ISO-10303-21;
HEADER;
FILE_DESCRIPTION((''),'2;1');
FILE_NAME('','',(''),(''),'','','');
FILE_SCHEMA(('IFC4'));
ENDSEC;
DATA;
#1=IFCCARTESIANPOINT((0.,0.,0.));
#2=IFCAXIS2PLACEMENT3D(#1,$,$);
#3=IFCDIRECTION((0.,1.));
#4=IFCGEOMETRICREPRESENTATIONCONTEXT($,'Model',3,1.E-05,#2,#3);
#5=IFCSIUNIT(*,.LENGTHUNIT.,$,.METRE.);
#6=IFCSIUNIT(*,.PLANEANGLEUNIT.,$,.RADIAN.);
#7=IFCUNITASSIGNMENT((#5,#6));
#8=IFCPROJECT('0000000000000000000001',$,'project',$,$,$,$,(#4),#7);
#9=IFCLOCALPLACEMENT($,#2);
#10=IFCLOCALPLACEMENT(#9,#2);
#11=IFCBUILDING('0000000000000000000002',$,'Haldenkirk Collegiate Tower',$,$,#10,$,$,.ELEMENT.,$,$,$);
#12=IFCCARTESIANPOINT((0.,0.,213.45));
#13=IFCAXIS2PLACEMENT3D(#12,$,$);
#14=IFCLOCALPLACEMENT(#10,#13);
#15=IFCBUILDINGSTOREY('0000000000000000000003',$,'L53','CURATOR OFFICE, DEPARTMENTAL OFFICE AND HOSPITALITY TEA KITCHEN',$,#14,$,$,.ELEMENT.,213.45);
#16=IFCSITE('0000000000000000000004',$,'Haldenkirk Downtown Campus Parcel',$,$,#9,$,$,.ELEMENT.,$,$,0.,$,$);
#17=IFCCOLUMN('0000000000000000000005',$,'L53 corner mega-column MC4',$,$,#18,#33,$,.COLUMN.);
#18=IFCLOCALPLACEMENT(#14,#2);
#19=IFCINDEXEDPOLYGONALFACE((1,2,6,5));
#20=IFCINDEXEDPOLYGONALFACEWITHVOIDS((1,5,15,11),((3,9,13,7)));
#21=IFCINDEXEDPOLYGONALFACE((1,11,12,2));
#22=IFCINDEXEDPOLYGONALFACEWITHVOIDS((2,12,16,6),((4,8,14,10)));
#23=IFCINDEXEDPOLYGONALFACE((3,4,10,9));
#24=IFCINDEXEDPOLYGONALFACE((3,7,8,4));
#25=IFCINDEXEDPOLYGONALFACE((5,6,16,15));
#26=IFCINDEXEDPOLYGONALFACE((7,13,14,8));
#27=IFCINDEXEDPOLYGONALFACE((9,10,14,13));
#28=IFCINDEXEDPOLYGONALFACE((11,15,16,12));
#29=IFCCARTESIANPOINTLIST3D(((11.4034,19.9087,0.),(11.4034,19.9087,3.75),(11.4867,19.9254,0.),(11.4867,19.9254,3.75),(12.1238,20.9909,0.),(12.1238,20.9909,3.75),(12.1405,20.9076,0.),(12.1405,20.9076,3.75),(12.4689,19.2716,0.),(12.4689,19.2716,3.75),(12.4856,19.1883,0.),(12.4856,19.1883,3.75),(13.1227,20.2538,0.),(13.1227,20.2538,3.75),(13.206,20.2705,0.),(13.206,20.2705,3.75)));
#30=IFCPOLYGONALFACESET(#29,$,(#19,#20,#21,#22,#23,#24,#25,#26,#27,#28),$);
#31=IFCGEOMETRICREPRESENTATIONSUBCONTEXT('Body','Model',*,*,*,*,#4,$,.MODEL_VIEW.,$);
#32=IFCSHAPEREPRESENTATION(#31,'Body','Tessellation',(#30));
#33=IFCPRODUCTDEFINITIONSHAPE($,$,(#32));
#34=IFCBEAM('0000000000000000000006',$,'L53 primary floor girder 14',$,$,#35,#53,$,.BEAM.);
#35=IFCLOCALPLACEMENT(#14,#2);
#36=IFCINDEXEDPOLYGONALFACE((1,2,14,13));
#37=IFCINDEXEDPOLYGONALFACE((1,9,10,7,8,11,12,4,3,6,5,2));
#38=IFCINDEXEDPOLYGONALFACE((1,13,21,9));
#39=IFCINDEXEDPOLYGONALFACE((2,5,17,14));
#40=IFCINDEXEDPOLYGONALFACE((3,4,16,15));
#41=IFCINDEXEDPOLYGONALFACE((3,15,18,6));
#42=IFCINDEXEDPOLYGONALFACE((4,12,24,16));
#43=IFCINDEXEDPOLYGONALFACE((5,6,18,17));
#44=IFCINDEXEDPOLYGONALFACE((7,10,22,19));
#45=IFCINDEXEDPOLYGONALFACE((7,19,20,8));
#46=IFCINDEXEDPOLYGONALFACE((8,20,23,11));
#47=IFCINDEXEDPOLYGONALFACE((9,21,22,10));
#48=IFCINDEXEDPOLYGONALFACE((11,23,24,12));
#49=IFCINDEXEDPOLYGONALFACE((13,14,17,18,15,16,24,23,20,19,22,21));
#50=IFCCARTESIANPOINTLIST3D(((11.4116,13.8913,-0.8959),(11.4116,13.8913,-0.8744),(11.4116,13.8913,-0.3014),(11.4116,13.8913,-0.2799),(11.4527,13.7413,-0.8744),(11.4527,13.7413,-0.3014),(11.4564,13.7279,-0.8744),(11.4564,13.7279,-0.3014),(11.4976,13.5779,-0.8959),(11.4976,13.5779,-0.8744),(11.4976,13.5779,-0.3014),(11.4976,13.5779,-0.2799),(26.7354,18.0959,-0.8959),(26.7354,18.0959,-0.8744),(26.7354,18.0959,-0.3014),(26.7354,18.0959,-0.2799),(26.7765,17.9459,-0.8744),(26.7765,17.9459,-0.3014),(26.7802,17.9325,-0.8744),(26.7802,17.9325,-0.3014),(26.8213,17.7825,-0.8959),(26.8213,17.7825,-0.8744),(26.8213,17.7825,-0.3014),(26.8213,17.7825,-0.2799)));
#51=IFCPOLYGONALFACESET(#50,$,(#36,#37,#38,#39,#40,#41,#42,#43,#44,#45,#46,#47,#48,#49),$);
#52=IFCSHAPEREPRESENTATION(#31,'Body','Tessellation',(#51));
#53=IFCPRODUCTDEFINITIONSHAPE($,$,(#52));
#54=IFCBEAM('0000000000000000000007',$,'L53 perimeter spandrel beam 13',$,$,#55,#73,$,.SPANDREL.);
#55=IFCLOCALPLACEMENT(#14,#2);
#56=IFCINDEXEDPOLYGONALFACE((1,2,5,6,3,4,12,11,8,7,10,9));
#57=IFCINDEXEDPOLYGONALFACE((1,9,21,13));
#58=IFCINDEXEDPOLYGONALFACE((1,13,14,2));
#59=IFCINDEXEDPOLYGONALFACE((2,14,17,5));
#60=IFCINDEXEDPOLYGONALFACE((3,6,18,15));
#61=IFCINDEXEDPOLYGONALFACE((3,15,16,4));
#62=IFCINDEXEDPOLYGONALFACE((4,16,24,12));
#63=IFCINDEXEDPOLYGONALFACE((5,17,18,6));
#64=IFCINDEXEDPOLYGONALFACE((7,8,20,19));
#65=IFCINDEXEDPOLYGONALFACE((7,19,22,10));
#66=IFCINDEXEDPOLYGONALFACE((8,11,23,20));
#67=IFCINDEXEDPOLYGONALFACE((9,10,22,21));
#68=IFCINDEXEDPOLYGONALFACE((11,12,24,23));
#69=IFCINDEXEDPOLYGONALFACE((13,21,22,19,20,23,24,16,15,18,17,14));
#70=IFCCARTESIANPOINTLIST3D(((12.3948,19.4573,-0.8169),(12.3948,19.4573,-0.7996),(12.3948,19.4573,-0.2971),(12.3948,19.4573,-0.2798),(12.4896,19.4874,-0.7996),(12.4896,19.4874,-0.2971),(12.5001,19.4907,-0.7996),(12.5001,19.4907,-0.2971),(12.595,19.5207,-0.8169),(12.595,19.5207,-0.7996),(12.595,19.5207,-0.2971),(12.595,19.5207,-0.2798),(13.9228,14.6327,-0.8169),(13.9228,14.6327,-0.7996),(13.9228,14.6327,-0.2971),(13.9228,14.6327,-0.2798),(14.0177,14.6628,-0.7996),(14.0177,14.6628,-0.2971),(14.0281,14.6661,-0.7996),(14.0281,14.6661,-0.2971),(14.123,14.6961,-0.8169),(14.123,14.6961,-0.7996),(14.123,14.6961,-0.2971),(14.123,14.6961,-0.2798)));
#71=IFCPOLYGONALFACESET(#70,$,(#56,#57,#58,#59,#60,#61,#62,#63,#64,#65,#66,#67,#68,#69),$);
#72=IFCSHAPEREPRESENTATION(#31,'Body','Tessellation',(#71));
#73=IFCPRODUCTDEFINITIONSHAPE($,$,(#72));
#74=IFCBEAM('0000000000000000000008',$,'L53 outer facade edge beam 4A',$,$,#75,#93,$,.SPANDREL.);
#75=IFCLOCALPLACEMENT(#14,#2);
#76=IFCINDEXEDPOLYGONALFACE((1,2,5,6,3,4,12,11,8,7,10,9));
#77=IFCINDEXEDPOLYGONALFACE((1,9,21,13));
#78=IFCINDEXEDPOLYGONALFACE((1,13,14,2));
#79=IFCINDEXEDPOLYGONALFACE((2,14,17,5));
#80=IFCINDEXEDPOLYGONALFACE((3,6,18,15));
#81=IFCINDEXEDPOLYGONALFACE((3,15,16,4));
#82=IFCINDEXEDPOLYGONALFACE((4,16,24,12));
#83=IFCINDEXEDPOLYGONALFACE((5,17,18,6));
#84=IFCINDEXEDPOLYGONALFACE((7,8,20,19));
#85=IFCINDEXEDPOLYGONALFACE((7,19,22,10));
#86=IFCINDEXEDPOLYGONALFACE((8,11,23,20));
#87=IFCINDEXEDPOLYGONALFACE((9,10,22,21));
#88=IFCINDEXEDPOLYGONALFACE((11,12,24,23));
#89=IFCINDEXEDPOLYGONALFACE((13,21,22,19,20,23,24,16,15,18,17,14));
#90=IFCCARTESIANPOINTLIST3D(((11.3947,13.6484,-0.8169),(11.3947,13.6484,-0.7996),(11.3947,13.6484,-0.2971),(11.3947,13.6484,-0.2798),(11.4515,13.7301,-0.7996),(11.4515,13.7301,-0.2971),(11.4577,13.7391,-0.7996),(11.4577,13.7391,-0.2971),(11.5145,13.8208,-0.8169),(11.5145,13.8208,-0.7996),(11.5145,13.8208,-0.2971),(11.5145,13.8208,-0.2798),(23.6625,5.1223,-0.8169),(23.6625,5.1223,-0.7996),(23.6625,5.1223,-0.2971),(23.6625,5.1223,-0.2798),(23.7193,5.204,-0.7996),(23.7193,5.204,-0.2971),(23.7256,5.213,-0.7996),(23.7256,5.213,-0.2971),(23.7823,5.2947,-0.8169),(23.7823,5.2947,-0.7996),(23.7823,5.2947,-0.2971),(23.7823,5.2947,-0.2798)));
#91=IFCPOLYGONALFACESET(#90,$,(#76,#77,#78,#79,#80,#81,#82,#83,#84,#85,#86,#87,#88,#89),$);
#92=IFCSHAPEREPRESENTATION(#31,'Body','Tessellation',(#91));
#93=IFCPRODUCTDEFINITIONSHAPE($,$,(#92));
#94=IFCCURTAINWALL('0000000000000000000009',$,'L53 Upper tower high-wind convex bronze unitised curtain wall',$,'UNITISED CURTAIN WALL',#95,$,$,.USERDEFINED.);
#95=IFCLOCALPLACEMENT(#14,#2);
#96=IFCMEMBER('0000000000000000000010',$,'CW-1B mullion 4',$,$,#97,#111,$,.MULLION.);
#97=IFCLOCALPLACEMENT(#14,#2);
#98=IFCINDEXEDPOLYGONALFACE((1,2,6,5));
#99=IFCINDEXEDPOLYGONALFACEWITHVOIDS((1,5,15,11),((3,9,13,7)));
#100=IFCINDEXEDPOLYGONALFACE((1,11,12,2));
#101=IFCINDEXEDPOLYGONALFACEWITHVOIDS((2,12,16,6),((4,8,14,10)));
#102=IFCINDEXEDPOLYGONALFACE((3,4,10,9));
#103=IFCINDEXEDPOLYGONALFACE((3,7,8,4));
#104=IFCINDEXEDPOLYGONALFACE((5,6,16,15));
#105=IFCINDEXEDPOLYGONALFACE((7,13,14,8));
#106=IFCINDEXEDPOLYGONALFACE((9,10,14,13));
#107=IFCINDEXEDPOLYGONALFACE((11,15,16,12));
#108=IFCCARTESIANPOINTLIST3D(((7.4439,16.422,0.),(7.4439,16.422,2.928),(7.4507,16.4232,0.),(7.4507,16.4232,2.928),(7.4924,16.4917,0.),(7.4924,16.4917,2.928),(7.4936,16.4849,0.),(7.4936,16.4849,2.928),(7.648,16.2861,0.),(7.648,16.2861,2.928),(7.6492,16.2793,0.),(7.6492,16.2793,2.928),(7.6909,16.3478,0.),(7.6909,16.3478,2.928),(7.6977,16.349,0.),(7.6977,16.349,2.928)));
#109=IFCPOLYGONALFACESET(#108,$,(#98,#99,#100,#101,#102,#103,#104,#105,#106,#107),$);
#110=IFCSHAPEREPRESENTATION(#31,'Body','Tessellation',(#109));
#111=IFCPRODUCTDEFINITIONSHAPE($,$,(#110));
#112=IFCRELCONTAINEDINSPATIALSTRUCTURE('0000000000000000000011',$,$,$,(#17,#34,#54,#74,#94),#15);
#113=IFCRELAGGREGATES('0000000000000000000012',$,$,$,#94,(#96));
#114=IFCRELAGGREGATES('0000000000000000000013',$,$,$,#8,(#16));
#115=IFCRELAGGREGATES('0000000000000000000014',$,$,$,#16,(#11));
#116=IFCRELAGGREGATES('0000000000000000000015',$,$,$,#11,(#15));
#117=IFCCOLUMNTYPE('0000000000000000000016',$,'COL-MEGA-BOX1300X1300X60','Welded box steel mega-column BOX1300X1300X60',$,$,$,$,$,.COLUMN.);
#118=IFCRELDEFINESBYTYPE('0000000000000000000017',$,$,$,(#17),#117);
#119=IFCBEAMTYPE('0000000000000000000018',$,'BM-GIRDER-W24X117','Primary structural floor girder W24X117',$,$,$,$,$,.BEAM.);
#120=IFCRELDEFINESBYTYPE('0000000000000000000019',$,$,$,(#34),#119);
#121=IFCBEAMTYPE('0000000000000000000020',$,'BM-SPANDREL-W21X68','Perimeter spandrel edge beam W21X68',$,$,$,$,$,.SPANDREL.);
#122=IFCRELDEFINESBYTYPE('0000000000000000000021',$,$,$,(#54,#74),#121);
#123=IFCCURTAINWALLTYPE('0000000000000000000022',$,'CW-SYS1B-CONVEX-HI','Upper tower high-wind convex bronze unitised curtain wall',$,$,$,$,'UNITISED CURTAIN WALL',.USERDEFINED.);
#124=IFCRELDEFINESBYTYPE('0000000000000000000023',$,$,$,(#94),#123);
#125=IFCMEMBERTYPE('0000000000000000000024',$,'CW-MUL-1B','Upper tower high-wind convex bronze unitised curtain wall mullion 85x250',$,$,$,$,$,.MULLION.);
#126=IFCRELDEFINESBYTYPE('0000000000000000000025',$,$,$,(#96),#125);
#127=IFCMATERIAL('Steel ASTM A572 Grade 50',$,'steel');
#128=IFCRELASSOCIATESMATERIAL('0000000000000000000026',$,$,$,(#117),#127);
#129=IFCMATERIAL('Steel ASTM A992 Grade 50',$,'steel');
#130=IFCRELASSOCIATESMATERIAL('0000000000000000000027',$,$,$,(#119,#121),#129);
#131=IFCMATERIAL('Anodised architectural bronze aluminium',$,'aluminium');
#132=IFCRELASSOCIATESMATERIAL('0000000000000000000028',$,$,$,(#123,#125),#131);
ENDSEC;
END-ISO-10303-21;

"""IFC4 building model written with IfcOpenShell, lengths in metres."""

from ifc_helpers import new_model, si_unit, direction, frame, origin, origin_2d, place, context, subcontext, project, spatial, hollow_rectangle, i_section, extrude, material, material_profile, profile_set, type_object, element, aggregate, save


model = new_model("IFC4")

# Units and contexts
model_context = context("Model", 3, precision=1e-05, world=origin(), true_north=direction((0.0, 1.0)))
body_context = subcontext(model_context, "Body", "Model", "MODEL_VIEW")
ifc_project = project(units=[si_unit("LENGTHUNIT", "METRE"), si_unit("PLANEANGLEUNIT", "RADIAN")], contexts=[model_context])

# Site, building, storey
site_placement = place(None, origin())
site = spatial("IfcSite", under=ifc_project, at=site_placement, Name="Haldenkirk Downtown Campus Parcel", CompositionType="ELEMENT", RefElevation=0.0)
building_placement = place(site_placement, origin())
building = spatial("IfcBuilding", under=site, at=building_placement, Name="Haldenkirk Collegiate Tower", CompositionType="ELEMENT")
storey_placement = place(building_placement, frame((0.0, 0.0, 213.45)))
storey = spatial("IfcBuildingStorey", under=building, at=storey_placement, Name="L53", Description="CURATOR OFFICE, DEPARTMENTAL OFFICE AND HOSPITALITY TEA KITCHEN", CompositionType="ELEMENT", Elevation=213.45)

# Column
ifc_material_1 = material(Name="Steel ASTM A572 Grade 50", Category="steel")
ifc_material_profile_1 = material_profile(ifc_material_1, hollow_rectangle(XDim=1.3, YDim=1.3, WallThickness=0.0601, at=origin_2d()), Name="BOX1300X1300X60")
ifc_profile_set_1 = profile_set([ifc_material_profile_1], Name="Steel ASTM A572 Grade 50")
column_type = type_object("IfcColumnType", Name="COL-MEGA-BOX1300X1300X60", Description="Welded box steel mega-column BOX1300X1300X60", PredefinedType="COLUMN", material=ifc_profile_set_1)
column_placement = place(storey_placement, frame((12.3047, 20.0896, 0.0), z_axis=(0.0, 0.0, 1.0), x_axis=(0.554118, 0.832438, 0.0)))
element("IfcColumn", 1, at=column_placement, inside=storey, type_object=column_type, Name="L53 corner mega-column MC4", PredefinedType="COLUMN", context=body_context, shape_type="SweptSolid", body=[
    extrude(hollow_rectangle(XDim=1.3, YDim=1.3, WallThickness=0.0601, at=origin_2d()), origin(), (0.0, 0.0, 1.0), 3.75),
])

# Beams
ifc_material_2 = material(Name="Steel ASTM A992 Grade 50", Category="steel")
ifc_material_profile_2 = material_profile(ifc_material_2, i_section(OverallWidth=0.325, OverallDepth=0.616, WebThickness=0.0139, FlangeThickness=0.0215, at=origin_2d()), Name="W24X117")
ifc_profile_set_2 = profile_set([ifc_material_profile_2], Name="Steel ASTM A992 Grade 50")
beam_type_1 = type_object("IfcBeamType", Name="BM-GIRDER-W24X117", Description="Primary structural floor girder W24X117", PredefinedType="BEAM", material=ifc_profile_set_2)
beam_1_placement = place(storey_placement, frame((11.4546, 13.7346, -0.5879), z_axis=(0.964357, 0.264604, 0.0), x_axis=(-0.264604, 0.964357, 0.0)))
element("IfcBeam", 2, at=beam_1_placement, inside=storey, type_object=beam_type_1, Name="L53 primary floor girder 14", PredefinedType="BEAM", context=body_context, shape_type="SweptSolid", body=[
    extrude(i_section(OverallWidth=0.325, OverallDepth=0.616, WebThickness=0.0139, FlangeThickness=0.0215, at=origin_2d()), origin(), (0.0, 0.0, 1.0), 15.8901),
])
ifc_material_profile_3 = material_profile(ifc_material_2, i_section(OverallWidth=0.21, OverallDepth=0.5371, WebThickness=0.011, FlangeThickness=0.0173, at=origin_2d()), Name="W21X68")
ifc_profile_set_3 = profile_set([ifc_material_profile_3], Name="Steel ASTM A992 Grade 50")
beam_type_2 = type_object("IfcBeamType", Name="BM-SPANDREL-W21X68", Description="Perimeter spandrel edge beam W21X68", PredefinedType="SPANDREL", material=ifc_profile_set_3)
beam_2_placement = place(storey_placement, frame((12.4949, 19.489, -0.5483), z_axis=(0.301937, -0.953328, 0.0), x_axis=(0.953328, 0.301937, 0.0)))
element("IfcBeam", 3, at=beam_2_placement, inside=storey, type_object=beam_type_2, Name="L53 perimeter spandrel beam 13", PredefinedType="SPANDREL", context=body_context, shape_type="SweptSolid", body=[
    extrude(i_section(OverallWidth=0.21, OverallDepth=0.5371, WebThickness=0.011, FlangeThickness=0.0173, at=origin_2d()), origin(), (0.0, 0.0, 1.0), 5.0608),
])
beam_3_placement = place(storey_placement, frame((11.4546, 13.7346, -0.5483), z_axis=(0.821157, -0.570703, 0.0), x_axis=(0.570703, 0.821157, 0.0)))
element("IfcBeam", 4, at=beam_3_placement, inside=storey, type_object=beam_type_2, Name="L53 outer facade edge beam 4A", PredefinedType="SPANDREL", context=body_context, shape_type="SweptSolid", body=[
    extrude(i_section(OverallWidth=0.21, OverallDepth=0.5371, WebThickness=0.011, FlangeThickness=0.0173, at=origin_2d()), origin(), (0.0, 0.0, 1.0), 14.9397),
])

# Curtain wall, member
ifc_material_3 = material(Name="Anodised architectural bronze aluminium", Category="aluminium")
curtain_wall_type = type_object("IfcCurtainWallType", Name="CW-SYS1B-CONVEX-HI", Description="Upper tower high-wind convex bronze unitised curtain wall", ElementType="UNITISED CURTAIN WALL", PredefinedType="USERDEFINED", material=ifc_material_3)
curtain_wall_placement = place(storey_placement, origin())
curtain_wall = element("IfcCurtainWall", 5, at=curtain_wall_placement, inside=storey, type_object=curtain_wall_type, Name="L53 Upper tower high-wind convex bronze unitised curtain wall", ObjectType="UNITISED CURTAIN WALL", PredefinedType="USERDEFINED")
ifc_material_profile_4 = material_profile(ifc_material_3, hollow_rectangle(XDim=0.085, YDim=0.25, WallThickness=0.0049, at=origin_2d()), Name="CW-MUL-1B")
ifc_profile_set_4 = profile_set([ifc_material_profile_4], Name="Anodised architectural bronze aluminium")
member_type = type_object("IfcMemberType", Name="CW-MUL-1B", Description="Upper tower high-wind convex bronze unitised curtain wall mullion 85x250", PredefinedType="MULLION", material=ifc_profile_set_4)
member_placement = place(storey_placement, frame((7.5708, 16.3855, 0.0), z_axis=(0.0, 0.0, 1.0), x_axis=(-0.570715, -0.821148, 0.0)))
member = element("IfcMember", 6, at=member_placement, type_object=member_type, Name="CW-1B mullion 4", PredefinedType="MULLION", context=body_context, shape_type="SweptSolid", body=[
    extrude(hollow_rectangle(XDim=0.085, YDim=0.25, WallThickness=0.0049, at=origin_2d()), origin(), (0.0, 0.0, 1.0), 2.928),
])

aggregate(curtain_wall, [member])

save(model, "model.ifc")
